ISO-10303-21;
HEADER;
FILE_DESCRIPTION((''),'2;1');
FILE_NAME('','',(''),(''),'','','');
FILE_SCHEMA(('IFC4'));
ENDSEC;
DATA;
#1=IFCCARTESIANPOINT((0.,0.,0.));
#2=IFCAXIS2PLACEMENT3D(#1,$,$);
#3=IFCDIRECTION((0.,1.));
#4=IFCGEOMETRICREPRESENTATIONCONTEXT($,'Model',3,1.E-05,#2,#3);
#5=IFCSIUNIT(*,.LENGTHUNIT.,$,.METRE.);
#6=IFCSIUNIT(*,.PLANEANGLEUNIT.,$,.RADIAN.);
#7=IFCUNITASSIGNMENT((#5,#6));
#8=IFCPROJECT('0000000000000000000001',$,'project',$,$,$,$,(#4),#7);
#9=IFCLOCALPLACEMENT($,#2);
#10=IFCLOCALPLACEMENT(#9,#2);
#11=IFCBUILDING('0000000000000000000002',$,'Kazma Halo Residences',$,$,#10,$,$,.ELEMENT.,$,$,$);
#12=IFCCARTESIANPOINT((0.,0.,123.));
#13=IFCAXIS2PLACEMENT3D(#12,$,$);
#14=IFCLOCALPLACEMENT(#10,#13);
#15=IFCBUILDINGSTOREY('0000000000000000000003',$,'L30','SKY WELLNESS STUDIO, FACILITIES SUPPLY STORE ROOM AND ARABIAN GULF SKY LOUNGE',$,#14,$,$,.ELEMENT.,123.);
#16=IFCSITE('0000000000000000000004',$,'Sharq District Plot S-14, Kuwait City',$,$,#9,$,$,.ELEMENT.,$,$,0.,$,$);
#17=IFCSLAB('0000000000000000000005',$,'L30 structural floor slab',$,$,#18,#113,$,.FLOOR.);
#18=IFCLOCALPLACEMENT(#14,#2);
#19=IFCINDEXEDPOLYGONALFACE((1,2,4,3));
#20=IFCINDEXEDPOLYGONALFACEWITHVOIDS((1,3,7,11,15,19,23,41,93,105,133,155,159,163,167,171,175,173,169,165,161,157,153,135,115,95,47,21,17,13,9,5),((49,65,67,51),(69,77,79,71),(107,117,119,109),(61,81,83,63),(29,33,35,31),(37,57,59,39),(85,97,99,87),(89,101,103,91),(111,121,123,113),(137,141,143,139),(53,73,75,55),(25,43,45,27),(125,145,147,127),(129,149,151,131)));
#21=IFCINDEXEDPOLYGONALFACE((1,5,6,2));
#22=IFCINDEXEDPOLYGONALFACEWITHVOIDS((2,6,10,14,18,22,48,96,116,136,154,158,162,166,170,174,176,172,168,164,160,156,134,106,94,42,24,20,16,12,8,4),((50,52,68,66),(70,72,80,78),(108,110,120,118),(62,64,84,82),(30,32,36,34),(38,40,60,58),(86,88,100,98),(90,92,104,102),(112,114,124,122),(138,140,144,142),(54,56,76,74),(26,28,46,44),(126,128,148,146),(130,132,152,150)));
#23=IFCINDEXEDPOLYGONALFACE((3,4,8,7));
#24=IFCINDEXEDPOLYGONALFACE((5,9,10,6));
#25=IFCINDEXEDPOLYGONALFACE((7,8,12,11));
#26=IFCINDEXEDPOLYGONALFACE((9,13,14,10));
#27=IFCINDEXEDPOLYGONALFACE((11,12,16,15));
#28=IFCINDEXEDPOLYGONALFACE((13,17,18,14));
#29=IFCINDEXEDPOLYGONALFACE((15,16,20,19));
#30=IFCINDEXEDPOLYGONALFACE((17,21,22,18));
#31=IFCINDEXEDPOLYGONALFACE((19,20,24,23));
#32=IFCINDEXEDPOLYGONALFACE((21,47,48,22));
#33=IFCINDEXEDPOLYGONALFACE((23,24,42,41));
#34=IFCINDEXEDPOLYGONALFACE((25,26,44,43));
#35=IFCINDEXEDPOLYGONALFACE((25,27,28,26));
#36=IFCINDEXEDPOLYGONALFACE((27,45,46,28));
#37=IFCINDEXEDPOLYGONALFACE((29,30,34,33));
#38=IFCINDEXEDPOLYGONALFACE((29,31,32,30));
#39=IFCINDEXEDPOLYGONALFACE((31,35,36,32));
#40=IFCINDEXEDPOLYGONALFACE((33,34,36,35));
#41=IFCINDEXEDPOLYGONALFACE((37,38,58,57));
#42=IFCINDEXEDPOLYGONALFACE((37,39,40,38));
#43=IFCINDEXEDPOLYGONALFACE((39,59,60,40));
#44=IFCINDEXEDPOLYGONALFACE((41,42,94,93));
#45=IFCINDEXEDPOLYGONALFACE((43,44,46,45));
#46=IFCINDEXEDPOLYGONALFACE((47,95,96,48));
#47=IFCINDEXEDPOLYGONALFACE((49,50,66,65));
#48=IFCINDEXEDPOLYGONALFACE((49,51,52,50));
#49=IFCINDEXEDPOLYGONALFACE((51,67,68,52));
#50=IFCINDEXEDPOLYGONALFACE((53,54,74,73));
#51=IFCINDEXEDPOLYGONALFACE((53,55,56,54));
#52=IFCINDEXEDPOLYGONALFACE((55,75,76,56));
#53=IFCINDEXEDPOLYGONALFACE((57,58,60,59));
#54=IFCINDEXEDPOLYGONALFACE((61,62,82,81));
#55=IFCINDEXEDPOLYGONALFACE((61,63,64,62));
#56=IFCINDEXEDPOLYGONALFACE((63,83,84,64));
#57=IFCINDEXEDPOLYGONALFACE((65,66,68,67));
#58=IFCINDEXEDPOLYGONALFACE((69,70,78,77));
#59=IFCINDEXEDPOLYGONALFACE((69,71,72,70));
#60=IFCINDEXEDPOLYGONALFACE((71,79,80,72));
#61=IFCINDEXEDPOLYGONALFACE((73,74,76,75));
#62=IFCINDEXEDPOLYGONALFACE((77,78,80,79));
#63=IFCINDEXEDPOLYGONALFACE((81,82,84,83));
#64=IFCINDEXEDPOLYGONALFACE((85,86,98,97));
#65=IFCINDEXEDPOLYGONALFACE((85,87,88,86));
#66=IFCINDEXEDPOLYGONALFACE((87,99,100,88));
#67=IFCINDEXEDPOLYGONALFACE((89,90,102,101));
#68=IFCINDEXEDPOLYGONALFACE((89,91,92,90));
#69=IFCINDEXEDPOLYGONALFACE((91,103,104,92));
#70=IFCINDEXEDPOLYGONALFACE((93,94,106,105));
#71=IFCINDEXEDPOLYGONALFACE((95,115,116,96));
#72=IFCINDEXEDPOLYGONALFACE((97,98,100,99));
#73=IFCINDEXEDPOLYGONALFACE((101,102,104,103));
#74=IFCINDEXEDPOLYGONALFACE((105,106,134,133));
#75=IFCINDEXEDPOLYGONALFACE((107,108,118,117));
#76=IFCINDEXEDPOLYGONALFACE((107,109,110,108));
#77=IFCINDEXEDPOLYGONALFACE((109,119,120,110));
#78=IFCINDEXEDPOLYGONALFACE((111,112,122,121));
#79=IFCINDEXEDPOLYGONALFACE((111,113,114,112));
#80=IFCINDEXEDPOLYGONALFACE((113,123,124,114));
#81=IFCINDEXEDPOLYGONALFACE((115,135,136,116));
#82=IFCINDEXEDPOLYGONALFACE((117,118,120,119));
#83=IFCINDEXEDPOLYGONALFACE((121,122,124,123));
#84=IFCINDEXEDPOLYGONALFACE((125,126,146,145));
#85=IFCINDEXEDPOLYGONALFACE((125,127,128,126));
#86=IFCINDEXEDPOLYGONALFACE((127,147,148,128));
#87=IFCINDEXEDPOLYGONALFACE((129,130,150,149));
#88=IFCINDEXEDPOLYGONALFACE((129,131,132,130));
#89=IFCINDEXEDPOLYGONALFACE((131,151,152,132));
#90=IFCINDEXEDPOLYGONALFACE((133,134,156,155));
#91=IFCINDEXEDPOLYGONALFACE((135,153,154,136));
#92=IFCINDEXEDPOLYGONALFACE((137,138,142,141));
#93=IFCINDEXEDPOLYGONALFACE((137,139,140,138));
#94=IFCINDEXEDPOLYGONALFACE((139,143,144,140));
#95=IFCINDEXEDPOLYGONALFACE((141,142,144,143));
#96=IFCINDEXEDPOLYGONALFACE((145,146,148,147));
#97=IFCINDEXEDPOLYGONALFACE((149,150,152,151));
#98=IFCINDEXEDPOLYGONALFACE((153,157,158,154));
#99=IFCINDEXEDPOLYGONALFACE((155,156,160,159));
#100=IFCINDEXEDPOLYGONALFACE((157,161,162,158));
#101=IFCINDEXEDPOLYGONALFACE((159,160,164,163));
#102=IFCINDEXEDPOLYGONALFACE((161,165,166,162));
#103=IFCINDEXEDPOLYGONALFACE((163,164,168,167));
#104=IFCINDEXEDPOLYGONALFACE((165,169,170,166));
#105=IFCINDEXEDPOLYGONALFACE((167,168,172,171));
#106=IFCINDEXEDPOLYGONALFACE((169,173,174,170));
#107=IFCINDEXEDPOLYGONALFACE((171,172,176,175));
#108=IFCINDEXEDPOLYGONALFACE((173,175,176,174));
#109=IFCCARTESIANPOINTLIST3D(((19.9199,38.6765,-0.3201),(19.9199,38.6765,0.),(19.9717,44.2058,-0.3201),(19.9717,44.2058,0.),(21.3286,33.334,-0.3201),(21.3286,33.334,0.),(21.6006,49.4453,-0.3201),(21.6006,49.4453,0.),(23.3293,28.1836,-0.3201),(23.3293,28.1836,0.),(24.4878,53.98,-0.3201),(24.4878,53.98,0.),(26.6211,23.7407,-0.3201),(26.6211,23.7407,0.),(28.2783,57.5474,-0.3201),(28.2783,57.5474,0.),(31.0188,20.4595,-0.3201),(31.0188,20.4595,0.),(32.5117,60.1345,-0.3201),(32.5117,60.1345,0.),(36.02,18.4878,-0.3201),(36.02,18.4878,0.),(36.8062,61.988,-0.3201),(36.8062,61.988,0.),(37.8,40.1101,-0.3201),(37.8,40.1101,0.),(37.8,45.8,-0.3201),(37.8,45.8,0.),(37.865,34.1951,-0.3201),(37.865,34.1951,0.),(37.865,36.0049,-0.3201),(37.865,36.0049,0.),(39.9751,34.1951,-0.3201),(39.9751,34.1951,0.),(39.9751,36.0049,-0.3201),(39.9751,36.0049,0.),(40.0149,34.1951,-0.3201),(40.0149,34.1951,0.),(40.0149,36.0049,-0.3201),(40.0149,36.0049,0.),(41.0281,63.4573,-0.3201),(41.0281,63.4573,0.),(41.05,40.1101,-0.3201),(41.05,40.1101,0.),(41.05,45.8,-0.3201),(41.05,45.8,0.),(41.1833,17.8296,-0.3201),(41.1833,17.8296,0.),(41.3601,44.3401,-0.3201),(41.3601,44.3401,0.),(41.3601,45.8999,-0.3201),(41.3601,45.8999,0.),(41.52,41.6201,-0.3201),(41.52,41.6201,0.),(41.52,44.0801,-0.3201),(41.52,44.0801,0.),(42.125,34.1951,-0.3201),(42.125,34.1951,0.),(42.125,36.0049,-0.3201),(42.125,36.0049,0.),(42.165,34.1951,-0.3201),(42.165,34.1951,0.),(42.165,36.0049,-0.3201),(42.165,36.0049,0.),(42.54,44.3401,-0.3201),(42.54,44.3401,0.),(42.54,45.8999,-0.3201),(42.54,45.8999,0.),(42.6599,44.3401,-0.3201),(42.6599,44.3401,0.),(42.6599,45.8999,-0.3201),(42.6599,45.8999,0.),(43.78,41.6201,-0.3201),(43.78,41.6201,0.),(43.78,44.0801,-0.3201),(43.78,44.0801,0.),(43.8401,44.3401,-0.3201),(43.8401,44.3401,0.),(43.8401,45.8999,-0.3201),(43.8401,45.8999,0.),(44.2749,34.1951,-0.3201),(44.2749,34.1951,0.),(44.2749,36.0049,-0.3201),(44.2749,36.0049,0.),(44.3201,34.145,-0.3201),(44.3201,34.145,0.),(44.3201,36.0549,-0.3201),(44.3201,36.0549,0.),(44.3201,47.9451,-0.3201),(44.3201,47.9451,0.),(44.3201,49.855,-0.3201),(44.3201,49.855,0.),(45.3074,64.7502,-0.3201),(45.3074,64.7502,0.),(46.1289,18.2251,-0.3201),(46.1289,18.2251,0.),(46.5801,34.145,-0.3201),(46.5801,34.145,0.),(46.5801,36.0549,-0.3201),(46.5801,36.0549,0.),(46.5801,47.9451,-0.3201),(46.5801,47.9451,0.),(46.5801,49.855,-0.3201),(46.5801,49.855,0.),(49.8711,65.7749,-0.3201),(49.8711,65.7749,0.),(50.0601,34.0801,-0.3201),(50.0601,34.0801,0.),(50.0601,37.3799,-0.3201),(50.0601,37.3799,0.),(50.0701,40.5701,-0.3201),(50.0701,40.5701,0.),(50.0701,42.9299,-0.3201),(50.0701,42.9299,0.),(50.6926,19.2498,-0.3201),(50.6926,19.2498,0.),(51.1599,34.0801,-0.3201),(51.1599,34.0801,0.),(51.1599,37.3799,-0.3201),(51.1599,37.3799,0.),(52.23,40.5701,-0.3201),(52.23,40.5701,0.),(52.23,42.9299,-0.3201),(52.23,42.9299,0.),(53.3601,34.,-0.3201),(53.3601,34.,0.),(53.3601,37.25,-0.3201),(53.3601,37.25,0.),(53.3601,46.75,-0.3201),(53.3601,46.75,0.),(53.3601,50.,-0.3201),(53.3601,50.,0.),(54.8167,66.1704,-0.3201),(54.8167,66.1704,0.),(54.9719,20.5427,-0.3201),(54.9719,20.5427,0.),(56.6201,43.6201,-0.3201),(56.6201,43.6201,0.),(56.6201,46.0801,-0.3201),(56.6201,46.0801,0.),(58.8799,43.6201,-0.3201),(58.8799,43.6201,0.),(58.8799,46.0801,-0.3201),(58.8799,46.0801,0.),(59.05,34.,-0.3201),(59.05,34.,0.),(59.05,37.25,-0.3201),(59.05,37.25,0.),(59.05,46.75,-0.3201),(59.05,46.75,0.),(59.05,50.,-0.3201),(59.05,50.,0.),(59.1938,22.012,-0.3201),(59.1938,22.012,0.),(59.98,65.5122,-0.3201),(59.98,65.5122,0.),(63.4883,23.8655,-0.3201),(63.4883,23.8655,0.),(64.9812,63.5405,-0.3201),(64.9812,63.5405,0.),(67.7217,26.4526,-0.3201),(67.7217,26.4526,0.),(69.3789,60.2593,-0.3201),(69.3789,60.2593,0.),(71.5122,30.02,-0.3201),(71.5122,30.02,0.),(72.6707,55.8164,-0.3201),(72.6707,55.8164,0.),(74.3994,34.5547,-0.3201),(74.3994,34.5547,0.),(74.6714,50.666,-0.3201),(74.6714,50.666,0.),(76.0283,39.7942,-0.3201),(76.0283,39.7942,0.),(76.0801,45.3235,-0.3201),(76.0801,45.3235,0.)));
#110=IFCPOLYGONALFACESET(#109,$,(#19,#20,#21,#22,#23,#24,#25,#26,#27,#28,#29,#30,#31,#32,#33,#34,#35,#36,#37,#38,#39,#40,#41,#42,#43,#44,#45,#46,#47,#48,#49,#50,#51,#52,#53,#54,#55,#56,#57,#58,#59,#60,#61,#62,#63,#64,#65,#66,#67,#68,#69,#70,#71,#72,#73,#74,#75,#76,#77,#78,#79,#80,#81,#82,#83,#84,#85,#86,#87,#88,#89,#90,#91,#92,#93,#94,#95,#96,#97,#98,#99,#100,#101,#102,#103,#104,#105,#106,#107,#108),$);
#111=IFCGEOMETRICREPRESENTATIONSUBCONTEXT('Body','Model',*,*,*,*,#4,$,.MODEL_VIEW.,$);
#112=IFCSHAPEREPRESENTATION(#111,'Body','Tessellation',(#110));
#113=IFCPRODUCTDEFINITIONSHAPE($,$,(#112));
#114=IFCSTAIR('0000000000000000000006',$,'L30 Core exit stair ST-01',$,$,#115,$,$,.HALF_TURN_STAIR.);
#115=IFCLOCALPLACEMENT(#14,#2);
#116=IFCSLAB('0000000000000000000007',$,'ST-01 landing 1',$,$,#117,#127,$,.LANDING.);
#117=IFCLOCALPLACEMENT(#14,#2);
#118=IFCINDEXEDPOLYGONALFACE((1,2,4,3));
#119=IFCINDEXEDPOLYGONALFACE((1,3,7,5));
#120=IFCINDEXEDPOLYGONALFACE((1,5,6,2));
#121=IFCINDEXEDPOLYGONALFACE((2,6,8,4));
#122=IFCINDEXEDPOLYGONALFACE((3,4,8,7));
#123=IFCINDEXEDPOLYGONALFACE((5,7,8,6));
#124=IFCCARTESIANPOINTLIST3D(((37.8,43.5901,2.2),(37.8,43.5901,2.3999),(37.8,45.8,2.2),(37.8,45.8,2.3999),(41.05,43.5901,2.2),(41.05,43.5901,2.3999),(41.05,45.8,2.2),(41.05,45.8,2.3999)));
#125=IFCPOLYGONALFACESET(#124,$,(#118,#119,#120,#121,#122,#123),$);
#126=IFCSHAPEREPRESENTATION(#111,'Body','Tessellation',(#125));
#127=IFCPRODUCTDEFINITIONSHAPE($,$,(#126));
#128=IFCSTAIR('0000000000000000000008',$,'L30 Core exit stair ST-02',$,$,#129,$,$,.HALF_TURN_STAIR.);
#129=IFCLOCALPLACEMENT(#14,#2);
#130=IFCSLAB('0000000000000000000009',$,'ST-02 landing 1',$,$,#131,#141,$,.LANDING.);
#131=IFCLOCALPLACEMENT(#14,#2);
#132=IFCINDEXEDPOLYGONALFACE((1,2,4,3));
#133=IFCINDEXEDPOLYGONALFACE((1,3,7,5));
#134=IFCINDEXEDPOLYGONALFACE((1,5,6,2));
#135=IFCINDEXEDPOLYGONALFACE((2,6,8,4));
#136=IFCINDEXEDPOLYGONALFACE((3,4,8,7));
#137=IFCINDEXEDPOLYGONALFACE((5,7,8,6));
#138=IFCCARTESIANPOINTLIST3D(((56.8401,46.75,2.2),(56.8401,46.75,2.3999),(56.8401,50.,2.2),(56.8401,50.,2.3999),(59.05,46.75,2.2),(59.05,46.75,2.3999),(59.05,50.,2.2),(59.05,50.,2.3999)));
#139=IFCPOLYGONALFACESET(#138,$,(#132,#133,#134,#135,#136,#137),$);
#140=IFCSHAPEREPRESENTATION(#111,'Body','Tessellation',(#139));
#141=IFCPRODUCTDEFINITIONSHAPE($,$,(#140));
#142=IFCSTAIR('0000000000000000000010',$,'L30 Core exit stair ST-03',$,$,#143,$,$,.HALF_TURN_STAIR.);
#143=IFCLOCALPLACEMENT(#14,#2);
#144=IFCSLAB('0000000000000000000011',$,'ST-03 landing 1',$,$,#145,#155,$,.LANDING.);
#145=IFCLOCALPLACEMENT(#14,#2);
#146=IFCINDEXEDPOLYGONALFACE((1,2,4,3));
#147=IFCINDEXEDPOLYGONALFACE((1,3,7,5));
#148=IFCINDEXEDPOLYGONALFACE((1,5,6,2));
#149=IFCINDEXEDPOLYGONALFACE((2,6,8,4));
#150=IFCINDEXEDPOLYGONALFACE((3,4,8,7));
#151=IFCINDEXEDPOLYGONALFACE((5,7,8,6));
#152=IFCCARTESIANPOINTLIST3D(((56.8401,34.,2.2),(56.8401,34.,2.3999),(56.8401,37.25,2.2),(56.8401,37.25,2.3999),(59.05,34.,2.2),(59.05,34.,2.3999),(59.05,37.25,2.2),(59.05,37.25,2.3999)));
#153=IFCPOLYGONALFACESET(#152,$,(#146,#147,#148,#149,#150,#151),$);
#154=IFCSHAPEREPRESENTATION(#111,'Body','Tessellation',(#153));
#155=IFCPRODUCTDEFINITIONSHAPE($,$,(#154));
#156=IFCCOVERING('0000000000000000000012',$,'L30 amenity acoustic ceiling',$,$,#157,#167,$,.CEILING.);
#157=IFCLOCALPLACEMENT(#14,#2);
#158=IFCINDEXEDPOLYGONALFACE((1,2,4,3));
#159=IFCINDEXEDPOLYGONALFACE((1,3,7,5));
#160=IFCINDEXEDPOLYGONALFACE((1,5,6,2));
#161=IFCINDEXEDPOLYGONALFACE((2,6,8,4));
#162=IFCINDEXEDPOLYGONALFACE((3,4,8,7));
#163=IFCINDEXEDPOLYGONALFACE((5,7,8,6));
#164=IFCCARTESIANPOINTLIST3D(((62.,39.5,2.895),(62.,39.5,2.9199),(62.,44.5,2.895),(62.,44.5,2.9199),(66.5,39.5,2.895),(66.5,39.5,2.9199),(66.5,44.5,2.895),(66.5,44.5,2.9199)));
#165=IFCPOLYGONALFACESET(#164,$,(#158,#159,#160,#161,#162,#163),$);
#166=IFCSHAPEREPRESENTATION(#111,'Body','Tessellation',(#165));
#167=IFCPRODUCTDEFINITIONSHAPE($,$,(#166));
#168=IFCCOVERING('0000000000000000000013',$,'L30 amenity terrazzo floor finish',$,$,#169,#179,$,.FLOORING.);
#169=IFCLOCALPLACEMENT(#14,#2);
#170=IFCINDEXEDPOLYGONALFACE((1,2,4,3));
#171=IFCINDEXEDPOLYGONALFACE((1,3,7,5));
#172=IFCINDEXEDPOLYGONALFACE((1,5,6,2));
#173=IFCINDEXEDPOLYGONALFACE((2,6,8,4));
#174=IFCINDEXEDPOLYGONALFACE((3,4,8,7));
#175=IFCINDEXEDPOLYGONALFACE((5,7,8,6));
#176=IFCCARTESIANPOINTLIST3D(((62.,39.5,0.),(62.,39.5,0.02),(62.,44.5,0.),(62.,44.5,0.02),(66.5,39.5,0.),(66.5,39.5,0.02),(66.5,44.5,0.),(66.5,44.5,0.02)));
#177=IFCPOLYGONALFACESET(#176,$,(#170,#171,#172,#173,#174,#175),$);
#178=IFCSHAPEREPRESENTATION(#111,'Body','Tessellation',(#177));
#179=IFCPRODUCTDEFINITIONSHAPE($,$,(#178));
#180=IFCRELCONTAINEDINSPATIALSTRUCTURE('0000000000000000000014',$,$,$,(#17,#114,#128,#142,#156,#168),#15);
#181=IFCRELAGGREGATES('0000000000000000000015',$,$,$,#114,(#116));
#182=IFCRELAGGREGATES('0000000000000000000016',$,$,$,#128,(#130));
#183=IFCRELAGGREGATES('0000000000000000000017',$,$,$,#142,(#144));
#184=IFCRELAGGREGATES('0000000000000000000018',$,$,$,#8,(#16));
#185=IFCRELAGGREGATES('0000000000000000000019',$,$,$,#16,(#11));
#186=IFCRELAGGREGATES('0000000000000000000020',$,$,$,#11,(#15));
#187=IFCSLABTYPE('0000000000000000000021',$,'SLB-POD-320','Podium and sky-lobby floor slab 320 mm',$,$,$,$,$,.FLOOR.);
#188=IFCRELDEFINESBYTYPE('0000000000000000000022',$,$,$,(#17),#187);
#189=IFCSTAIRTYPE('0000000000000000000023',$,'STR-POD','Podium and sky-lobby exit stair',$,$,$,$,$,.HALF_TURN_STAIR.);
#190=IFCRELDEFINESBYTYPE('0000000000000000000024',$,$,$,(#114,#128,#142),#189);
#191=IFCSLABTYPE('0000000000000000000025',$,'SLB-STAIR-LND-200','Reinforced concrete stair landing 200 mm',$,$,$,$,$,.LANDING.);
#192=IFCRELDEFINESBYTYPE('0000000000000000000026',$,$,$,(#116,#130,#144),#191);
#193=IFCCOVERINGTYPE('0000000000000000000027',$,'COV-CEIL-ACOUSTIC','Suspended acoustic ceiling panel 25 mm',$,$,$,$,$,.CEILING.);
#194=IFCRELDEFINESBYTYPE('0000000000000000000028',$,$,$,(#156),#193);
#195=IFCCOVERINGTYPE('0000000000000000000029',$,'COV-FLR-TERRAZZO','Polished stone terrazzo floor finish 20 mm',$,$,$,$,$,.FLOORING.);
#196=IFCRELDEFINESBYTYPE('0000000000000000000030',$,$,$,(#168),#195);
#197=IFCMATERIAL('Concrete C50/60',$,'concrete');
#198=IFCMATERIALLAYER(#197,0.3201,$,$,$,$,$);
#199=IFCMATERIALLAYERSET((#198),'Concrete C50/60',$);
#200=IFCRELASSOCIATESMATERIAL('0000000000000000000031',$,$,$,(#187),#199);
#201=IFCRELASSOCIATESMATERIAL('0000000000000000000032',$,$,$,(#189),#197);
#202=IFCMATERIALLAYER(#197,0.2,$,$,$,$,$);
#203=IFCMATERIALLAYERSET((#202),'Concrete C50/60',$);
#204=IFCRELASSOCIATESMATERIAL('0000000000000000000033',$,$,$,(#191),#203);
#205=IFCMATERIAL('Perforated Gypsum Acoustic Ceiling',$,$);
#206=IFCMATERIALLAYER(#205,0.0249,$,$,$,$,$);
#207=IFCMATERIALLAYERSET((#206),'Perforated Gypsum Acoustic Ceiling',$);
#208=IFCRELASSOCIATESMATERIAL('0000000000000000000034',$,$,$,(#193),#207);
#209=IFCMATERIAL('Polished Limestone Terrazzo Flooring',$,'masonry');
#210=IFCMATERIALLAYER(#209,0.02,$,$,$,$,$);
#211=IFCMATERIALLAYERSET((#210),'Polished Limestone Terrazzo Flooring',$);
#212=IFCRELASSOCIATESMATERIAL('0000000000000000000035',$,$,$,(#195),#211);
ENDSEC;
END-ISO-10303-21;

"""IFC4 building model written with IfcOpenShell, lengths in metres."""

from ifc_helpers import new_model, si_unit, direction, frame, origin, place, context, subcontext, project, spatial, polyline, outline, extrude, material, layer, layer_set, type_object, element, aggregate, save


model = new_model("IFC4")

# Units and contexts
model_context = context("Model", 3, precision=1e-05, world=origin(), true_north=direction((0.0, 1.0)))
body_context = subcontext(model_context, "Body", "Model", "MODEL_VIEW")
ifc_project = project(units=[si_unit("LENGTHUNIT", "METRE"), si_unit("PLANEANGLEUNIT", "RADIAN")], contexts=[model_context])

# Site, building, storey
site_placement = place(None, origin())
site = spatial("IfcSite", under=ifc_project, at=site_placement, Name="Sharq District Plot S-14, Kuwait City", CompositionType="ELEMENT", RefElevation=0.0)
building_placement = place(site_placement, origin())
building = spatial("IfcBuilding", under=site, at=building_placement, Name="Kazma Halo Residences", CompositionType="ELEMENT")
storey_placement = place(building_placement, frame((0.0, 0.0, 123.0)))
storey = spatial("IfcBuildingStorey", under=building, at=storey_placement, Name="L30", Description="SKY WELLNESS STUDIO, FACILITIES SUPPLY STORE ROOM AND ARABIAN GULF SKY LOUNGE", CompositionType="ELEMENT", Elevation=123.0)

# Slab
ifc_material_1 = material(Name="Concrete C50/60", Category="concrete")
ifc_layer_1 = layer(ifc_material_1, 0.3201)
ifc_layer_set_1 = layer_set([ifc_layer_1], Name="Concrete C50/60")
slab_type_1 = type_object("IfcSlabType", Name="SLB-POD-320", Description="Podium and sky-lobby floor slab 320 mm", PredefinedType="FLOOR", material=ifc_layer_set_1)
slab_1_placement = place(storey_placement, frame((0.0, 0.0, -0.3201)))
element("IfcSlab", 1, at=slab_1_placement, inside=storey, type_object=slab_type_1, Name="L30 structural floor slab", PredefinedType="FLOOR", context=body_context, shape_type="SweptSolid", body=[
    extrude(outline(polyline([(74.6714, 50.666), (72.6707, 55.8164), (69.3789, 60.2593), (64.9812, 63.5405), (59.98, 65.5122), (54.8167, 66.1704), (49.8711, 65.7749), (45.3074, 64.7502), (41.0281, 63.4573), (36.8062, 61.988), (32.5117, 60.1345), (28.2783, 57.5474), (24.4878, 53.98), (21.6006, 49.4453), (19.9717, 44.2058), (19.9199, 38.6765), (21.3286, 33.334), (23.3293, 28.1836), (26.6211, 23.7407), (31.0188, 20.4595), (36.02, 18.4878), (41.1833, 17.8296), (46.1289, 18.2251), (50.6926, 19.2498), (54.9719, 20.5427), (59.1938, 22.012), (63.4883, 23.8655), (67.7217, 26.4526), (71.5122, 30.02), (74.3994, 34.5547), (76.0283, 39.7942), (76.0801, 45.3235), (74.6714, 50.666)]), holes=[polyline([(37.8, 40.1101), (41.05, 40.1101), (41.05, 45.8), (37.8, 45.8), (37.8, 40.1101)]), polyline([(53.3601, 46.75), (59.05, 46.75), (59.05, 50.0), (53.3601, 50.0), (53.3601, 46.75)]), polyline([(53.3601, 34.0), (59.05, 34.0), (59.05, 37.25), (53.3601, 37.25), (53.3601, 34.0)]), polyline([(41.52, 41.6201), (43.78, 41.6201), (43.78, 44.0801), (41.52, 44.0801), (41.52, 41.6201)]), polyline([(56.6201, 43.6201), (58.8799, 43.6201), (58.8799, 46.0801), (56.6201, 46.0801), (56.6201, 43.6201)]), polyline([(37.865, 34.1951), (39.9751, 34.1951), (39.9751, 36.0049), (37.865, 36.0049), (37.865, 34.1951)]), polyline([(40.0149, 34.1951), (42.125, 34.1951), (42.125, 36.0049), (40.0149, 36.0049), (40.0149, 34.1951)]), polyline([(42.165, 34.1951), (44.2749, 34.1951), (44.2749, 36.0049), (42.165, 36.0049), (42.165, 34.1951)]), polyline([(44.3201, 47.9451), (46.5801, 47.9451), (46.5801, 49.855), (44.3201, 49.855), (44.3201, 47.9451)]), polyline([(44.3201, 34.145), (46.5801, 34.145), (46.5801, 36.0549), (44.3201, 36.0549), (44.3201, 34.145)]), polyline([(50.0701, 40.5701), (52.23, 40.5701), (52.23, 42.9299), (50.0701, 42.9299), (50.0701, 40.5701)]), polyline([(41.3601, 44.3401), (42.54, 44.3401), (42.54, 45.8999), (41.3601, 45.8999), (41.3601, 44.3401)]), polyline([(42.6599, 44.3401), (43.8401, 44.3401), (43.8401, 45.8999), (42.6599, 45.8999), (42.6599, 44.3401)]), polyline([(50.0601, 34.0801), (51.1599, 34.0801), (51.1599, 37.3799), (50.0601, 37.3799), (50.0601, 34.0801)])]), origin(), (0.0, 0.0, 1.0), 0.3201),
])

# Stairs, slabs
stair_type = type_object("IfcStairType", Name="STR-POD", Description="Podium and sky-lobby exit stair", PredefinedType="HALF_TURN_STAIR", material=ifc_material_1)
stair_1_placement = place(storey_placement, origin())
stair_1 = element("IfcStair", 2, at=stair_1_placement, inside=storey, type_object=stair_type, Name="L30 Core exit stair ST-01", PredefinedType="HALF_TURN_STAIR")
ifc_layer_2 = layer(ifc_material_1, 0.2)
ifc_layer_set_2 = layer_set([ifc_layer_2], Name="Concrete C50/60")
slab_type_2 = type_object("IfcSlabType", Name="SLB-STAIR-LND-200", Description="Reinforced concrete stair landing 200 mm", PredefinedType="LANDING", material=ifc_layer_set_2)
slab_2_placement = place(storey_placement, frame((0.0, 0.0, 2.2)))
slab_2 = element("IfcSlab", 3, at=slab_2_placement, type_object=slab_type_2, Name="ST-01 landing 1", PredefinedType="LANDING", context=body_context, shape_type="SweptSolid", body=[
    extrude(outline(polyline([(41.05, 43.5901), (41.05, 45.8), (37.8, 45.8), (37.8, 43.5901), (41.05, 43.5901)])), origin(), (0.0, 0.0, 1.0), 0.2),
])
aggregate(stair_1, [slab_2])
stair_2_placement = place(storey_placement, origin())
stair_2 = element("IfcStair", 4, at=stair_2_placement, inside=storey, type_object=stair_type, Name="L30 Core exit stair ST-02", PredefinedType="HALF_TURN_STAIR")
slab_3_placement = place(storey_placement, frame((0.0, 0.0, 2.2)))
slab_3 = element("IfcSlab", 5, at=slab_3_placement, type_object=slab_type_2, Name="ST-02 landing 1", PredefinedType="LANDING", context=body_context, shape_type="SweptSolid", body=[
    extrude(outline(polyline([(56.8401, 46.75), (59.05, 46.75), (59.05, 50.0), (56.8401, 50.0), (56.8401, 46.75)])), origin(), (0.0, 0.0, 1.0), 0.2),
])
aggregate(stair_2, [slab_3])
stair_3_placement = place(storey_placement, origin())
stair_3 = element("IfcStair", 6, at=stair_3_placement, inside=storey, type_object=stair_type, Name="L30 Core exit stair ST-03", PredefinedType="HALF_TURN_STAIR")
slab_4_placement = place(storey_placement, frame((0.0, 0.0, 2.2)))
slab_4 = element("IfcSlab", 7, at=slab_4_placement, type_object=slab_type_2, Name="ST-03 landing 1", PredefinedType="LANDING", context=body_context, shape_type="SweptSolid", body=[
    extrude(outline(polyline([(56.8401, 34.0), (59.05, 34.0), (59.05, 37.25), (56.8401, 37.25), (56.8401, 34.0)])), origin(), (0.0, 0.0, 1.0), 0.2),
])
aggregate(stair_3, [slab_4])

# Coverings
ifc_material_2 = material(Name="Perforated Gypsum Acoustic Ceiling")
ifc_layer_3 = layer(ifc_material_2, 0.0249)
ifc_layer_set_3 = layer_set([ifc_layer_3], Name="Perforated Gypsum Acoustic Ceiling")
covering_type_1 = type_object("IfcCoveringType", Name="COV-CEIL-ACOUSTIC", Description="Suspended acoustic ceiling panel 25 mm", PredefinedType="CEILING", material=ifc_layer_set_3)
covering_1_placement = place(storey_placement, frame((0.0, 0.0, 2.895)))
element("IfcCovering", 8, at=covering_1_placement, inside=storey, type_object=covering_type_1, Name="L30 amenity acoustic ceiling", PredefinedType="CEILING", context=body_context, shape_type="SweptSolid", body=[
    extrude(outline(polyline([(62.0, 39.5), (66.5, 39.5), (66.5, 44.5), (62.0, 44.5), (62.0, 39.5)])), origin(), (0.0, 0.0, 1.0), 0.0249),
])
ifc_material_3 = material(Name="Polished Limestone Terrazzo Flooring", Category="masonry")
ifc_layer_4 = layer(ifc_material_3, 0.02)
ifc_layer_set_4 = layer_set([ifc_layer_4], Name="Polished Limestone Terrazzo Flooring")
covering_type_2 = type_object("IfcCoveringType", Name="COV-FLR-TERRAZZO", Description="Polished stone terrazzo floor finish 20 mm", PredefinedType="FLOORING", material=ifc_layer_set_4)
covering_2_placement = place(storey_placement, origin())
element("IfcCovering", 9, at=covering_2_placement, inside=storey, type_object=covering_type_2, Name="L30 amenity terrazzo floor finish", PredefinedType="FLOORING", context=body_context, shape_type="SweptSolid", body=[
    extrude(outline(polyline([(62.0, 39.5), (66.5, 39.5), (66.5, 44.5), (62.0, 44.5), (62.0, 39.5)])), origin(), (0.0, 0.0, 1.0), 0.02),
])

save(model, "model.ifc")
